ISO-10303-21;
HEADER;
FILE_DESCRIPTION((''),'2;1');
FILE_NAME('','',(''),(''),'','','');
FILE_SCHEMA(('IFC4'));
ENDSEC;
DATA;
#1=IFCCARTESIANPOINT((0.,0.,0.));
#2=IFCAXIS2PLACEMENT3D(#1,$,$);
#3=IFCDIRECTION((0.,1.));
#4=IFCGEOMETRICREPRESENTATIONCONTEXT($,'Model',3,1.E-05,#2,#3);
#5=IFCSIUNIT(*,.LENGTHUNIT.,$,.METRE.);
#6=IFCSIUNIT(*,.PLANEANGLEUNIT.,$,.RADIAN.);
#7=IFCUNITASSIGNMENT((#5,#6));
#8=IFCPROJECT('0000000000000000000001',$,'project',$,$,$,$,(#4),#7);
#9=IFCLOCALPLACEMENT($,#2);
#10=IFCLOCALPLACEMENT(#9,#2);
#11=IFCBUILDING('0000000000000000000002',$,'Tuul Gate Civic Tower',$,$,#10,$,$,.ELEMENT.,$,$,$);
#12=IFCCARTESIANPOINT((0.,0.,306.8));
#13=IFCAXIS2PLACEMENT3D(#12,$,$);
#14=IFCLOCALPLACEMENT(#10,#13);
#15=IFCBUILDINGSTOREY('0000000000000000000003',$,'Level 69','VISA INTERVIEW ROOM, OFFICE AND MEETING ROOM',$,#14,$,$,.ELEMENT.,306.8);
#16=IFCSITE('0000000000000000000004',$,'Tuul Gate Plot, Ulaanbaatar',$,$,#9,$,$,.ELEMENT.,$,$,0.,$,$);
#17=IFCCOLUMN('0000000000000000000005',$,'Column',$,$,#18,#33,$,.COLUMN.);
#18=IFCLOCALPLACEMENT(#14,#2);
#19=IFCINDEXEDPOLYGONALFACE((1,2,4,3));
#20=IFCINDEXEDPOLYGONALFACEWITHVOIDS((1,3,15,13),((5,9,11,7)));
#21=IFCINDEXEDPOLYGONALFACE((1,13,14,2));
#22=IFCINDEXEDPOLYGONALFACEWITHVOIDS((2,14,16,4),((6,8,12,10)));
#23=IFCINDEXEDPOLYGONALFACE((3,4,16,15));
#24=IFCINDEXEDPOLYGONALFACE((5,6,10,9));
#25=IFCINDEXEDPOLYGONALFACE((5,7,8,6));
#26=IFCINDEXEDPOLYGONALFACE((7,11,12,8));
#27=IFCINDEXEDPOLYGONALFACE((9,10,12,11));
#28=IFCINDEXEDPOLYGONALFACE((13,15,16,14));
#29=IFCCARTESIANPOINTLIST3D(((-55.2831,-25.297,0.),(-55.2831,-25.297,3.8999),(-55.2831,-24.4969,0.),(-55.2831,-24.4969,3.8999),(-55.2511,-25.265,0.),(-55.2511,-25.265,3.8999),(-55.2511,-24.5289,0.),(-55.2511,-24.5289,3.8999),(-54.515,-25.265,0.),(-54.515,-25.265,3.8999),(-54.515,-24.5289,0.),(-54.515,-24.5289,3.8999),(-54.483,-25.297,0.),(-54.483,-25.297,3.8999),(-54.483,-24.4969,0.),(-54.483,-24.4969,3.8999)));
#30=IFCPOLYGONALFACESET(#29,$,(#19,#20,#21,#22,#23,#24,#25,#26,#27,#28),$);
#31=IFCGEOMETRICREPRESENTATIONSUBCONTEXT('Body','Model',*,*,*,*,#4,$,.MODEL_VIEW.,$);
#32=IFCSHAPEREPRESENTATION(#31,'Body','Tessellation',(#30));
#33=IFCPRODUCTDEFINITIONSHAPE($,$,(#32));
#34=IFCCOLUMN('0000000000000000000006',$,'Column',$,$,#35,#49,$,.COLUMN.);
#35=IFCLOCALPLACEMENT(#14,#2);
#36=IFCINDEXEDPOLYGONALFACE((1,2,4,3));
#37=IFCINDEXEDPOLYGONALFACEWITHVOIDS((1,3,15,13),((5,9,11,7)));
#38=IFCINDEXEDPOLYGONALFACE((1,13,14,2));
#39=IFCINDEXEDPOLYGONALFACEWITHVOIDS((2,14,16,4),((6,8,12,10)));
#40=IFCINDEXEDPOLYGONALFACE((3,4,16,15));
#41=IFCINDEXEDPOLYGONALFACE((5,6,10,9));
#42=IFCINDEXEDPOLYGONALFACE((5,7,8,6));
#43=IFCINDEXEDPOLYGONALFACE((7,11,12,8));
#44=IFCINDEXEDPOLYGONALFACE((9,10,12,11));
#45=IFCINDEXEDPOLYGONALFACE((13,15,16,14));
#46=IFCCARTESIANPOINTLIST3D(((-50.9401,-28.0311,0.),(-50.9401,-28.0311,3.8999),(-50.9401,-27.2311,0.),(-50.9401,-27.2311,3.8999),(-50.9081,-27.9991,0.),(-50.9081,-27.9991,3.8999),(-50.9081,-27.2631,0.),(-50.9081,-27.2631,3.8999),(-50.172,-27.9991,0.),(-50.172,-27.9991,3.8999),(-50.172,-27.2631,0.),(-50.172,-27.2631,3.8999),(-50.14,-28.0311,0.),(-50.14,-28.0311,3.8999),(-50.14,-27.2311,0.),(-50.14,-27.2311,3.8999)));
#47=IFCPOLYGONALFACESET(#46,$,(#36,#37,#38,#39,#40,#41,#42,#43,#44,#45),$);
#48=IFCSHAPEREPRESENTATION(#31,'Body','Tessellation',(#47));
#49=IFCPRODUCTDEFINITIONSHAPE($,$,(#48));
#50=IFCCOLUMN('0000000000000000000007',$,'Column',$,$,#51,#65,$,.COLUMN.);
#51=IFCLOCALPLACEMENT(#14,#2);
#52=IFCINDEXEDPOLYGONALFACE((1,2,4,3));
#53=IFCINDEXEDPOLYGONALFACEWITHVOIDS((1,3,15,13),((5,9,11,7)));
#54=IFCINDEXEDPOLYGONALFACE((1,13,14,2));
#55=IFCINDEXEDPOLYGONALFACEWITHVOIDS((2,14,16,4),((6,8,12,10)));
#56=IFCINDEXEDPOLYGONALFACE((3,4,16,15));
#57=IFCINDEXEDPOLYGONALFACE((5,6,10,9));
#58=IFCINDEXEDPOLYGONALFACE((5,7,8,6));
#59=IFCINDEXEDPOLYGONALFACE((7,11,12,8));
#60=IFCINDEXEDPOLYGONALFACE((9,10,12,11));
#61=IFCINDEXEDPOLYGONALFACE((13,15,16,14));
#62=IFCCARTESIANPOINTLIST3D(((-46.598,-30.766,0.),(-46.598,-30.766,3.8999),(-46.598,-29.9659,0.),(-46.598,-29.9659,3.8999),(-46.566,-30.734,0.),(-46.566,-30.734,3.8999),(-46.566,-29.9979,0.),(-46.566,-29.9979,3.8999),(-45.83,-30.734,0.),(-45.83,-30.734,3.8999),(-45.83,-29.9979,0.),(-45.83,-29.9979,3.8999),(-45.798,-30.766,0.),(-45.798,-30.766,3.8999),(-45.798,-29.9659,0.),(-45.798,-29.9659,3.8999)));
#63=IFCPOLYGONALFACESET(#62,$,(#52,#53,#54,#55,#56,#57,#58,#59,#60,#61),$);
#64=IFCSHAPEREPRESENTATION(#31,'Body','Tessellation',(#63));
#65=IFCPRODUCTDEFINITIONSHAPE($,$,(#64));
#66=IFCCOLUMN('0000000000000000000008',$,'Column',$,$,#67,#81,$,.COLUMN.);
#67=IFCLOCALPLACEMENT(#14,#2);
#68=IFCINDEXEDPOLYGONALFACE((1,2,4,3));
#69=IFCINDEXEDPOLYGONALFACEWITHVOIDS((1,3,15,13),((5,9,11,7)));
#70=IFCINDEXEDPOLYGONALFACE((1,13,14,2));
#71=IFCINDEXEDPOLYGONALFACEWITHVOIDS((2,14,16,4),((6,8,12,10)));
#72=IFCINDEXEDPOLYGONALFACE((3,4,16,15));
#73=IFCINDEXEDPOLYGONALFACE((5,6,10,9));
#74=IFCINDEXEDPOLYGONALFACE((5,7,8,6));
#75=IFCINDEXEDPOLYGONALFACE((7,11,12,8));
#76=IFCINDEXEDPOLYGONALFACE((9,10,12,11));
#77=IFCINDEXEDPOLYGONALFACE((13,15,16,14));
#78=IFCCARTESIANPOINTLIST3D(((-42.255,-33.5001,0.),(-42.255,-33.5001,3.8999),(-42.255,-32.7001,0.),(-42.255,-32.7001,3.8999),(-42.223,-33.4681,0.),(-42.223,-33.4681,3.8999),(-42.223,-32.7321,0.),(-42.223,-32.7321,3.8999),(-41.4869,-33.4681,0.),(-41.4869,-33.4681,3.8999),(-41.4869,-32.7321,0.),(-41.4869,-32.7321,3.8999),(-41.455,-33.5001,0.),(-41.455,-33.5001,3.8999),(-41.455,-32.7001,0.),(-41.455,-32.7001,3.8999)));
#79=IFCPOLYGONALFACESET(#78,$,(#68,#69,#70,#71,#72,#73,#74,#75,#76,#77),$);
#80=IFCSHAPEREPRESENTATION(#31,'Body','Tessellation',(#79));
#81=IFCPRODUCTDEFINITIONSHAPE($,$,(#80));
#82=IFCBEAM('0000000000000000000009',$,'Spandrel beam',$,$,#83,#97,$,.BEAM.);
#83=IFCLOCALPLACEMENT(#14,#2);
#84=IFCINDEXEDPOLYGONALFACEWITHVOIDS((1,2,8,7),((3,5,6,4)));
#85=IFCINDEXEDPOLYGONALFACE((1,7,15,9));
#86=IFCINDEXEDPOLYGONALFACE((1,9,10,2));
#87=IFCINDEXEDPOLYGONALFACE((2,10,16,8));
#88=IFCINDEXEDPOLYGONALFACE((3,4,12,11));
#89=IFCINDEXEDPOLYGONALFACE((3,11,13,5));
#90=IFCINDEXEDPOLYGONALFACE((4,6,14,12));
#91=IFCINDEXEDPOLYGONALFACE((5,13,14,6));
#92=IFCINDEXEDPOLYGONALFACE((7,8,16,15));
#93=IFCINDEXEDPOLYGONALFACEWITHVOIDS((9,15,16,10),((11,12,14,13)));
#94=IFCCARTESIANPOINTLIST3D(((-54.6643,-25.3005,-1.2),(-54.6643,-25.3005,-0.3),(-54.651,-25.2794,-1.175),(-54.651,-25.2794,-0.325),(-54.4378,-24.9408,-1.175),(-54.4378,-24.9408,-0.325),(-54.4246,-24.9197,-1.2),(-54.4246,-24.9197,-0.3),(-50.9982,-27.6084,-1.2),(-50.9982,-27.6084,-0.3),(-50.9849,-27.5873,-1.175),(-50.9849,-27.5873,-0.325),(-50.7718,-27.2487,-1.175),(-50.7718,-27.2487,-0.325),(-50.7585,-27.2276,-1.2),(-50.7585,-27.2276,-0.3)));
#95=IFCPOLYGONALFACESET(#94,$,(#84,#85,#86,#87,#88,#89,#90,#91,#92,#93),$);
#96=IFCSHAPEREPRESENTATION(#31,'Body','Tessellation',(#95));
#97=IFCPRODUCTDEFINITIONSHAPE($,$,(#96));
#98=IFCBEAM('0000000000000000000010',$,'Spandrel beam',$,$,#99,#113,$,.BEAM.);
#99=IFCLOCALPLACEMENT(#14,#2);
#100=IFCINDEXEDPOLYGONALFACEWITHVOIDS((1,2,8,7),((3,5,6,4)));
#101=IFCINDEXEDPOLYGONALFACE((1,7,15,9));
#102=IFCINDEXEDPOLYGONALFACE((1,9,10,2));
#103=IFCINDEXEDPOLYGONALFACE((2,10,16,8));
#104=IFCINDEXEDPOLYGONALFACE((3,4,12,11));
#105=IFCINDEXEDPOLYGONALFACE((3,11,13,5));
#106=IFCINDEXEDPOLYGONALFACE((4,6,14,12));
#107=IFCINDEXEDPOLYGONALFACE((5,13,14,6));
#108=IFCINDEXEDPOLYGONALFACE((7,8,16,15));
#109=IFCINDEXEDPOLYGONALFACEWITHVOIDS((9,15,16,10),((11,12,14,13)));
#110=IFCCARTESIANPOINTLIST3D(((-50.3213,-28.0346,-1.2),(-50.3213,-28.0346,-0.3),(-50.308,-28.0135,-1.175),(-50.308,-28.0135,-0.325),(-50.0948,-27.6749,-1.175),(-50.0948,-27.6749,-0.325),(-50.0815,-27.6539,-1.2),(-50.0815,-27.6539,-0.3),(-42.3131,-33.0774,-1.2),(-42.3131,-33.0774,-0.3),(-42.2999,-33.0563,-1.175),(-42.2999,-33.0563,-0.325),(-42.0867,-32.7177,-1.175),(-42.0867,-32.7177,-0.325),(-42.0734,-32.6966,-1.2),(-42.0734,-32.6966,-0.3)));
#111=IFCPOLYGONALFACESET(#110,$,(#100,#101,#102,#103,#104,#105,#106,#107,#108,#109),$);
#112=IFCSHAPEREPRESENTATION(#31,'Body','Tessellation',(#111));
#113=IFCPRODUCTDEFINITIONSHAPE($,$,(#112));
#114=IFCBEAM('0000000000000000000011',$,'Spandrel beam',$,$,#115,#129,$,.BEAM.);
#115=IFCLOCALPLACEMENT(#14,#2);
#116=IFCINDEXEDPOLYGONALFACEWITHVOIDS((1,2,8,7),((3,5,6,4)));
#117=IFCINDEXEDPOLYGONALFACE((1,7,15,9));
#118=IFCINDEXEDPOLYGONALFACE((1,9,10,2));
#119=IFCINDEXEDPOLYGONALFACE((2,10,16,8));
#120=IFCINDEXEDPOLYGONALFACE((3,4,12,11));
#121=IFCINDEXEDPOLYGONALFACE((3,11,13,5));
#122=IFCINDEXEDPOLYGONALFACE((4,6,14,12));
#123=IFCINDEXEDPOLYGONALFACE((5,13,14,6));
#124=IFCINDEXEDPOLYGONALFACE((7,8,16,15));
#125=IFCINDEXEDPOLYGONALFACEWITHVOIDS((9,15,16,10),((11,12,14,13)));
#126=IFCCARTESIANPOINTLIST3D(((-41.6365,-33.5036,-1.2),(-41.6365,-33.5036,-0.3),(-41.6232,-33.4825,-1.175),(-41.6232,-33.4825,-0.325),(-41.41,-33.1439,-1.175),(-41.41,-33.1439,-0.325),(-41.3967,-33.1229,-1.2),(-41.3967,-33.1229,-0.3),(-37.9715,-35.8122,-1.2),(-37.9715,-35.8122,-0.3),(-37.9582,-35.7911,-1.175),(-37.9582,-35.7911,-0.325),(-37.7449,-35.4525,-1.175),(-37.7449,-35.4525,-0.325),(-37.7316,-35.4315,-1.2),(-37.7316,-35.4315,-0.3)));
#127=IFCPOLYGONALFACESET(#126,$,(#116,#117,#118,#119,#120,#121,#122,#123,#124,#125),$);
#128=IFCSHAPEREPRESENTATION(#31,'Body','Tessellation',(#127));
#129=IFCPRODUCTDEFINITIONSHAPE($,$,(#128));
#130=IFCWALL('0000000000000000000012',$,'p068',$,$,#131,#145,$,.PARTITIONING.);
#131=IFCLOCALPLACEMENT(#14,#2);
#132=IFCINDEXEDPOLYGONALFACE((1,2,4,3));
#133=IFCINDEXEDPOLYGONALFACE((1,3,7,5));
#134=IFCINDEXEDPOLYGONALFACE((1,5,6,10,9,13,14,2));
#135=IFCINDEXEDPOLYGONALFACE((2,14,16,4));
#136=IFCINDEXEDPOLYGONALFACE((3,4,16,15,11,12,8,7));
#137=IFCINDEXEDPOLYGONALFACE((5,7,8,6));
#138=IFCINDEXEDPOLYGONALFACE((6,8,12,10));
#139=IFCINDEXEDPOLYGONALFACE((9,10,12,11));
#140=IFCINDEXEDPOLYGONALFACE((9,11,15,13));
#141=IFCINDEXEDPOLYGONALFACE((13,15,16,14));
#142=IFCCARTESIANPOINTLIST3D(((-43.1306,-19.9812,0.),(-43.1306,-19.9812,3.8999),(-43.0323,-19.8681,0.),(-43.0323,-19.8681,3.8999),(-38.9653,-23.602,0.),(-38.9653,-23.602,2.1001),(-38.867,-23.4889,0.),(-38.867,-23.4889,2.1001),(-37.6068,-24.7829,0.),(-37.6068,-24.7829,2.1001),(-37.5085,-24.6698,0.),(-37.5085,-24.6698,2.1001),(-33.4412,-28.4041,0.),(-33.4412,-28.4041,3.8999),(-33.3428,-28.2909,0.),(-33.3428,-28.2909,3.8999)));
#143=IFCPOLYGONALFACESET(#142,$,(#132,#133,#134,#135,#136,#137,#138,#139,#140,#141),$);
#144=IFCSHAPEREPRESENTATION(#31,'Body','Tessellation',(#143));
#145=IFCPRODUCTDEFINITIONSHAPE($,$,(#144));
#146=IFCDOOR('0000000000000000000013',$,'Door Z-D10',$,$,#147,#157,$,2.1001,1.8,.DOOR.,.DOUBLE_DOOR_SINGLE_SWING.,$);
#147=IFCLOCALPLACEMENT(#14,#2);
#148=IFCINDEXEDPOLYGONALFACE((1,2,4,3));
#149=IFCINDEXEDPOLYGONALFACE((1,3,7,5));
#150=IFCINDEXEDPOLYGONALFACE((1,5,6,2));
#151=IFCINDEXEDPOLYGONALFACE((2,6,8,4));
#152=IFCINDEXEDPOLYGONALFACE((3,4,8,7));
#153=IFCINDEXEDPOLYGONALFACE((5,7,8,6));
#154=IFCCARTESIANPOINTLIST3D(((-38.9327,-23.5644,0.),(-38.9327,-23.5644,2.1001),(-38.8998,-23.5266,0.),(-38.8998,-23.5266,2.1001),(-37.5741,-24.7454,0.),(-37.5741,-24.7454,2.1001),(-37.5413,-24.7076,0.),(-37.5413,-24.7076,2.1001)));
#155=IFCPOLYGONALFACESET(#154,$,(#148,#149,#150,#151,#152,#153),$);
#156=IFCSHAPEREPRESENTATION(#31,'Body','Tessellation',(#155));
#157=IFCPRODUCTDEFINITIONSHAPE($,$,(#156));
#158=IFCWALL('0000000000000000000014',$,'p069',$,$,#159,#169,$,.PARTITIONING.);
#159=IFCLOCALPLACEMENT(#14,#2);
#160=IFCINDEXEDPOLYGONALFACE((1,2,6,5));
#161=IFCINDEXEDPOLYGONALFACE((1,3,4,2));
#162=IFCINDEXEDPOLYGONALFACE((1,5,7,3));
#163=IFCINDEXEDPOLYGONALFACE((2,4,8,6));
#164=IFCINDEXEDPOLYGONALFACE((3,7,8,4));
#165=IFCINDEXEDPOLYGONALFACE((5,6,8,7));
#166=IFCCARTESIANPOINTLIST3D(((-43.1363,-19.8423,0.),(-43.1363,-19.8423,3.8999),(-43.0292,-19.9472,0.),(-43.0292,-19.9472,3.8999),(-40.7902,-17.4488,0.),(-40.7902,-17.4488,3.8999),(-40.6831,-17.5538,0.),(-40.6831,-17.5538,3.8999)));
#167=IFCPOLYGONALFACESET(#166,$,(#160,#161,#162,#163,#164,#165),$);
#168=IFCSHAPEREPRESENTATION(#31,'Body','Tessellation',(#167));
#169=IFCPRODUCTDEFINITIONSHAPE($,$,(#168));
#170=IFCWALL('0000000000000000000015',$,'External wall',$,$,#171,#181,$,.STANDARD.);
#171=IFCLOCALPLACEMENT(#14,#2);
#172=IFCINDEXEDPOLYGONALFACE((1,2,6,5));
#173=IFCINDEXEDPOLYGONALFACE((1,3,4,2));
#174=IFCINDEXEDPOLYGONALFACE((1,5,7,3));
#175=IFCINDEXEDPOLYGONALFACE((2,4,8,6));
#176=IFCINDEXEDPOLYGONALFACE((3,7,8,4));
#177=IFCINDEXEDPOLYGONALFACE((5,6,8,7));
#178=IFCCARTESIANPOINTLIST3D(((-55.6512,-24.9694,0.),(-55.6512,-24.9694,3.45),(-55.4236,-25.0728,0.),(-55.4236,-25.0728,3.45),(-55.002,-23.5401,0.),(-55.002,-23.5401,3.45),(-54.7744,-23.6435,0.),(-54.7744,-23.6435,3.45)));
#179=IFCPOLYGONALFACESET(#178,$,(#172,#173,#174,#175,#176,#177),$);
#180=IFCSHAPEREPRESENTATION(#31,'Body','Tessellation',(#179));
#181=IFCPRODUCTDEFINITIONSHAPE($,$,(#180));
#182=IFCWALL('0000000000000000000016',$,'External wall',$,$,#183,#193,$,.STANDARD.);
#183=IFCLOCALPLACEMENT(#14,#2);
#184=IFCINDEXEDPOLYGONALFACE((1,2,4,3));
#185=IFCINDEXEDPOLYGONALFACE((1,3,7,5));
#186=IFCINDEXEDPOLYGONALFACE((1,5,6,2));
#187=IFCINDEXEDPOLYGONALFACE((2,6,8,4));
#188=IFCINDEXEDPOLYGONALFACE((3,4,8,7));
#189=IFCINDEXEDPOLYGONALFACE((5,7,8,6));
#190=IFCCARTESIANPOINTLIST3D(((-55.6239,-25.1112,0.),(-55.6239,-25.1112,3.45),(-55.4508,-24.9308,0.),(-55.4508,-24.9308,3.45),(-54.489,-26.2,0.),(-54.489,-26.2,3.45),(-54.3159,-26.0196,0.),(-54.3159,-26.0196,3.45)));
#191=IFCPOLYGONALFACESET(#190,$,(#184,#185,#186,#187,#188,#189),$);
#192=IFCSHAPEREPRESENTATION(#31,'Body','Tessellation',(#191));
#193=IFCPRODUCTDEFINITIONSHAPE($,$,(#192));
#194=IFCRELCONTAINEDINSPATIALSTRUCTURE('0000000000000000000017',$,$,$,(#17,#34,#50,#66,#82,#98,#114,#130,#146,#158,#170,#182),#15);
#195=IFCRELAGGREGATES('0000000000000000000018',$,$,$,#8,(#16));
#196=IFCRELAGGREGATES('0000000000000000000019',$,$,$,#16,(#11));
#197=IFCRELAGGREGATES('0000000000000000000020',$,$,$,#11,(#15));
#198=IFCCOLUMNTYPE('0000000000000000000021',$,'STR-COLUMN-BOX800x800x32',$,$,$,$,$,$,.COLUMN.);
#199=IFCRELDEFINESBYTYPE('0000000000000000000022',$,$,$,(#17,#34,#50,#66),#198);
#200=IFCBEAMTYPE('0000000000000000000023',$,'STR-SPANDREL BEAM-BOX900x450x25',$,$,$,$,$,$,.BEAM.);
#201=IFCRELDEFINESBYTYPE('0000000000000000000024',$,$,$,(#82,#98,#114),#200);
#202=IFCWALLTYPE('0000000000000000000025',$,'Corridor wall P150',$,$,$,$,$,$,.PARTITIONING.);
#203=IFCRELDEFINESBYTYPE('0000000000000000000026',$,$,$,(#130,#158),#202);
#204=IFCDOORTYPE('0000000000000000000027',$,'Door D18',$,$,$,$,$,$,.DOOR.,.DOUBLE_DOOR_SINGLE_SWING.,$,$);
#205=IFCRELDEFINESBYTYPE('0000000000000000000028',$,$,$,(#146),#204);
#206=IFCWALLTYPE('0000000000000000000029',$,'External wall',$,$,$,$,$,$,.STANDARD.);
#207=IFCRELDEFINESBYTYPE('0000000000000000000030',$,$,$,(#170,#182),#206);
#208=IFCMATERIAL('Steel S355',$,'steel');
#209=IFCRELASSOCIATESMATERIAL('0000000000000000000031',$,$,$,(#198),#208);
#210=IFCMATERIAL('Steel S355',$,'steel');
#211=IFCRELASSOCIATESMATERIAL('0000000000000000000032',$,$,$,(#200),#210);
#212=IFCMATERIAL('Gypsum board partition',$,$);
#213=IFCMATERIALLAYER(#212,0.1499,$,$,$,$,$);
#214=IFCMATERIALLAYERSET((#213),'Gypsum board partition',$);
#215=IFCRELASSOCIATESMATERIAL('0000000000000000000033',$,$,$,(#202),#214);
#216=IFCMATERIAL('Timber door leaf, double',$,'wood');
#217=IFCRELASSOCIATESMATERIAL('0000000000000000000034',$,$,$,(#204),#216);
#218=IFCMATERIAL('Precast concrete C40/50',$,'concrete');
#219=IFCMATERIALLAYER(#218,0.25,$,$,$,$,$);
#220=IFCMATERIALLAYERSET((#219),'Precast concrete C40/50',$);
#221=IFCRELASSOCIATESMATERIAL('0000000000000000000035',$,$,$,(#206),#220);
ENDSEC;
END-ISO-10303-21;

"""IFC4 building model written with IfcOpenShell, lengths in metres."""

from ifc_helpers import new_model, si_unit, direction, frame, frame_2d, origin, origin_2d, place, context, subcontext, project, spatial, rectangle, hollow_rectangle, extrude, material, layer, layer_set, material_profile, profile_set, type_object, element, fill, save


model = new_model("IFC4")

# Units and contexts
model_context = context("Model", 3, precision=1e-05, world=origin(), true_north=direction((0.0, 1.0)))
body_context = subcontext(model_context, "Body", "Model", "MODEL_VIEW")
ifc_project = project(units=[si_unit("LENGTHUNIT", "METRE"), si_unit("PLANEANGLEUNIT", "RADIAN")], contexts=[model_context])

# Site, building, storey
site_placement = place(None, origin())
site = spatial("IfcSite", under=ifc_project, at=site_placement, Name="Tuul Gate Plot, Ulaanbaatar", CompositionType="ELEMENT", RefElevation=0.0)
building_placement = place(site_placement, origin())
building = spatial("IfcBuilding", under=site, at=building_placement, Name="Tuul Gate Civic Tower", CompositionType="ELEMENT")
storey_placement = place(building_placement, frame((0.0, 0.0, 306.8)))
storey = spatial("IfcBuildingStorey", under=building, at=storey_placement, Name="Level 69", Description="VISA INTERVIEW ROOM, OFFICE AND MEETING ROOM", CompositionType="ELEMENT", Elevation=306.8)

# Columns
ifc_material_1 = material(Name="Steel S355", Category="steel")
ifc_material_profile_1 = material_profile(ifc_material_1, hollow_rectangle(XDim=0.8, YDim=0.8, WallThickness=0.032, at=origin_2d()), Name="BOX800x800x32")
ifc_profile_set_1 = profile_set([ifc_material_profile_1], Name="Steel S355")
column_type = type_object("IfcColumnType", Name="STR-COLUMN-BOX800x800x32", PredefinedType="COLUMN", material=ifc_profile_set_1)
for number, where, z_axis, x_axis, name in (
    (1, (-54.8831, -24.897, 0.0), (0.0, 0.0, 1.0), (1.0, 0.0, 0.0), "Column"),
    (2, (-50.54, -27.6311, 0.0), (0.0, 0.0, 1.0), (1.0, 0.0, 0.0), "Column"),
    (3, (-46.198, -30.366, 0.0), (0.0, 0.0, 1.0), (1.0, 0.0, 0.0), "Column"),
    (4, (-41.855, -33.1001, 0.0), (0.0, 0.0, 1.0), (1.0, 0.0, 0.0), "Column"),
):
    element("IfcColumn", number, at=place(storey_placement, frame(where, z_axis=z_axis, x_axis=x_axis)), inside=storey, type_object=column_type, Name=name, PredefinedType="COLUMN", context=body_context, shape_type="SweptSolid", body=[
        extrude(hollow_rectangle(XDim=0.8, YDim=0.8, WallThickness=0.032, at=origin_2d()), origin(), (0.0, 0.0, 1.0), 3.8999),
    ])

# Beams
ifc_material_2 = material(Name="Steel S355", Category="steel")
ifc_material_profile_2 = material_profile(ifc_material_2, hollow_rectangle(XDim=0.45, YDim=0.8999, WallThickness=0.0249, at=origin_2d()), Name="BOX900x450x25")
ifc_profile_set_2 = profile_set([ifc_material_profile_2], Name="Steel S355")
beam_type = type_object("IfcBeamType", Name="STR-SPANDREL BEAM-BOX900x450x25", PredefinedType="BEAM", material=ifc_profile_set_2)
beam_1_placement = place(storey_placement, frame((-54.5444, -25.1101, -0.75), z_axis=(0.846271, -0.532752, 0.0), x_axis=(0.532752, 0.846271, 0.0)))
element("IfcBeam", 5, at=beam_1_placement, inside=storey, type_object=beam_type, Name="Spandrel beam", PredefinedType="BEAM", context=body_context, shape_type="SweptSolid", body=[
    extrude(hollow_rectangle(XDim=0.45, YDim=0.8999, WallThickness=0.0249, at=origin_2d()), origin(), (0.0, 0.0, 1.0), 4.332),
])
beam_2_placement = place(storey_placement, frame((-50.2014, -27.8442, -0.75), z_axis=(0.846204, -0.53286, 0.0), x_axis=(0.53286, 0.846204, 0.0)))
element("IfcBeam", 6, at=beam_2_placement, inside=storey, type_object=beam_type, Name="Spandrel beam", PredefinedType="BEAM", context=body_context, shape_type="SweptSolid", body=[
    extrude(hollow_rectangle(XDim=0.45, YDim=0.8999, WallThickness=0.0249, at=origin_2d()), origin(), (0.0, 0.0, 1.0), 9.4636),
])
beam_3_placement = place(storey_placement, frame((-41.5166, -33.3132, -0.75), z_axis=(0.846131, -0.532975, 0.0), x_axis=(0.532975, 0.846131, 0.0)))
element("IfcBeam", 7, at=beam_3_placement, inside=storey, type_object=beam_type, Name="Spandrel beam", PredefinedType="BEAM", context=body_context, shape_type="SweptSolid", body=[
    extrude(hollow_rectangle(XDim=0.45, YDim=0.8999, WallThickness=0.0249, at=origin_2d()), origin(), (0.0, 0.0, 1.0), 4.3315),
])

# Wall, opening, door
ifc_material_3 = material(Name="Gypsum board partition")
ifc_layer_1 = layer(ifc_material_3, 0.1499)
ifc_layer_set_1 = layer_set([ifc_layer_1], Name="Gypsum board partition")
wall_type_1 = type_object("IfcWallType", Name="Corridor wall P150", PredefinedType="PARTITIONING", material=ifc_layer_set_1)
wall_1_placement = place(storey_placement, frame((-43.0815, -19.9246, 0.0), z_axis=(0.0, 0.0, 1.0), x_axis=(0.754712, -0.656056, 0.0)))
wall_1 = element("IfcWall", 8, at=wall_1_placement, inside=storey, type_object=wall_type_1, Name="p068", PredefinedType="PARTITIONING", context=body_context, shape_type="SweptSolid", body=[
    extrude(rectangle(XDim=12.8386, YDim=0.1499, at=frame_2d((6.4194, 0.0))), origin(), (0.0, 0.0, 1.0), 3.8999),
])
opening_1_placement = place(wall_1_placement, frame((5.5193, 0.0, 0.0)))
opening_1 = element("IfcOpeningElement", 9, at=opening_1_placement, cuts=wall_1, PredefinedType="OPENING", context=body_context, shape_type="SweptSolid", body=[
    extrude(rectangle(XDim=1.8, YDim=2.1001, at=frame_2d((0.8999, 1.05))), frame((0.0, 0.085, 0.0), z_axis=(0.0, -1.0, 0.0), x_axis=(1.0, 0.0, 0.0)), (0.0, 0.0, 1.0), 0.1699),
])
ifc_material_4 = material(Name="Timber door leaf, double", Category="wood")
door_type = type_object("IfcDoorType", Name="Door D18", OperationType="DOUBLE_DOOR_SINGLE_SWING", PredefinedType="DOOR", material=ifc_material_4)
door_placement = place(opening_1_placement, origin())
door = element("IfcDoor", 10, at=door_placement, inside=storey, type_object=door_type, Name="Door Z-D10", OperationType="DOUBLE_DOOR_SINGLE_SWING", OverallHeight=2.1001, OverallWidth=1.8, PredefinedType="DOOR", context=body_context, shape_type="SweptSolid", body=[
    extrude(rectangle(XDim=1.8, YDim=2.1001, at=frame_2d((0.8999, 1.05))), frame((0.0, 0.0249, 0.0), z_axis=(0.0, -1.0, 0.0), x_axis=(1.0, 0.0, 0.0)), (0.0, 0.0, 1.0), 0.05),
])
fill(opening_1, door)

# Walls
wall_2_placement = place(storey_placement, frame((-43.0828, -19.8948, 0.0), z_axis=(0.0, 0.0, 1.0), x_axis=(0.700006, 0.714137, 0.0)))
element("IfcWall", 11, at=wall_2_placement, inside=storey, type_object=wall_type_1, Name="p069", PredefinedType="PARTITIONING", context=body_context, shape_type="SweptSolid", body=[
    extrude(rectangle(XDim=3.3516, YDim=0.1499, at=frame_2d((1.6758, 0.0))), origin(), (0.0, 0.0, 1.0), 3.8999),
])
ifc_material_5 = material(Name="Precast concrete C40/50", Category="concrete")
ifc_layer_2 = layer(ifc_material_5, 0.25)
ifc_layer_set_2 = layer_set([ifc_layer_2], Name="Precast concrete C40/50")
wall_type_2 = type_object("IfcWallType", Name="External wall", PredefinedType="STANDARD", material=ifc_layer_set_2)
wall_3_placement = place(storey_placement, frame((-54.8882, -23.5918, 0.0), z_axis=(0.0, 0.0, 1.0), x_axis=(-0.413557, -0.910478, 0.0)))
element("IfcWall", 12, at=wall_3_placement, inside=storey, type_object=wall_type_2, Name="External wall", PredefinedType="STANDARD", context=body_context, shape_type="SweptSolid", body=[
    extrude(rectangle(XDim=1.5698, YDim=0.25, at=frame_2d((0.7849, 0.0))), origin(), (0.0, 0.0, 1.0), 3.45),
])
wall_4_placement = place(storey_placement, frame((-55.5374, -25.021, 0.0), z_axis=(0.0, 0.0, 1.0), x_axis=(0.721623, -0.692286, 0.0)))
element("IfcWall", 13, at=wall_4_placement, inside=storey, type_object=wall_type_2, Name="External wall", PredefinedType="STANDARD", context=body_context, shape_type="SweptSolid", body=[
    extrude(rectangle(XDim=1.5728, YDim=0.25, at=frame_2d((0.7864, 0.0))), origin(), (0.0, 0.0, 1.0), 3.45),
])

save(model, "model.ifc")
